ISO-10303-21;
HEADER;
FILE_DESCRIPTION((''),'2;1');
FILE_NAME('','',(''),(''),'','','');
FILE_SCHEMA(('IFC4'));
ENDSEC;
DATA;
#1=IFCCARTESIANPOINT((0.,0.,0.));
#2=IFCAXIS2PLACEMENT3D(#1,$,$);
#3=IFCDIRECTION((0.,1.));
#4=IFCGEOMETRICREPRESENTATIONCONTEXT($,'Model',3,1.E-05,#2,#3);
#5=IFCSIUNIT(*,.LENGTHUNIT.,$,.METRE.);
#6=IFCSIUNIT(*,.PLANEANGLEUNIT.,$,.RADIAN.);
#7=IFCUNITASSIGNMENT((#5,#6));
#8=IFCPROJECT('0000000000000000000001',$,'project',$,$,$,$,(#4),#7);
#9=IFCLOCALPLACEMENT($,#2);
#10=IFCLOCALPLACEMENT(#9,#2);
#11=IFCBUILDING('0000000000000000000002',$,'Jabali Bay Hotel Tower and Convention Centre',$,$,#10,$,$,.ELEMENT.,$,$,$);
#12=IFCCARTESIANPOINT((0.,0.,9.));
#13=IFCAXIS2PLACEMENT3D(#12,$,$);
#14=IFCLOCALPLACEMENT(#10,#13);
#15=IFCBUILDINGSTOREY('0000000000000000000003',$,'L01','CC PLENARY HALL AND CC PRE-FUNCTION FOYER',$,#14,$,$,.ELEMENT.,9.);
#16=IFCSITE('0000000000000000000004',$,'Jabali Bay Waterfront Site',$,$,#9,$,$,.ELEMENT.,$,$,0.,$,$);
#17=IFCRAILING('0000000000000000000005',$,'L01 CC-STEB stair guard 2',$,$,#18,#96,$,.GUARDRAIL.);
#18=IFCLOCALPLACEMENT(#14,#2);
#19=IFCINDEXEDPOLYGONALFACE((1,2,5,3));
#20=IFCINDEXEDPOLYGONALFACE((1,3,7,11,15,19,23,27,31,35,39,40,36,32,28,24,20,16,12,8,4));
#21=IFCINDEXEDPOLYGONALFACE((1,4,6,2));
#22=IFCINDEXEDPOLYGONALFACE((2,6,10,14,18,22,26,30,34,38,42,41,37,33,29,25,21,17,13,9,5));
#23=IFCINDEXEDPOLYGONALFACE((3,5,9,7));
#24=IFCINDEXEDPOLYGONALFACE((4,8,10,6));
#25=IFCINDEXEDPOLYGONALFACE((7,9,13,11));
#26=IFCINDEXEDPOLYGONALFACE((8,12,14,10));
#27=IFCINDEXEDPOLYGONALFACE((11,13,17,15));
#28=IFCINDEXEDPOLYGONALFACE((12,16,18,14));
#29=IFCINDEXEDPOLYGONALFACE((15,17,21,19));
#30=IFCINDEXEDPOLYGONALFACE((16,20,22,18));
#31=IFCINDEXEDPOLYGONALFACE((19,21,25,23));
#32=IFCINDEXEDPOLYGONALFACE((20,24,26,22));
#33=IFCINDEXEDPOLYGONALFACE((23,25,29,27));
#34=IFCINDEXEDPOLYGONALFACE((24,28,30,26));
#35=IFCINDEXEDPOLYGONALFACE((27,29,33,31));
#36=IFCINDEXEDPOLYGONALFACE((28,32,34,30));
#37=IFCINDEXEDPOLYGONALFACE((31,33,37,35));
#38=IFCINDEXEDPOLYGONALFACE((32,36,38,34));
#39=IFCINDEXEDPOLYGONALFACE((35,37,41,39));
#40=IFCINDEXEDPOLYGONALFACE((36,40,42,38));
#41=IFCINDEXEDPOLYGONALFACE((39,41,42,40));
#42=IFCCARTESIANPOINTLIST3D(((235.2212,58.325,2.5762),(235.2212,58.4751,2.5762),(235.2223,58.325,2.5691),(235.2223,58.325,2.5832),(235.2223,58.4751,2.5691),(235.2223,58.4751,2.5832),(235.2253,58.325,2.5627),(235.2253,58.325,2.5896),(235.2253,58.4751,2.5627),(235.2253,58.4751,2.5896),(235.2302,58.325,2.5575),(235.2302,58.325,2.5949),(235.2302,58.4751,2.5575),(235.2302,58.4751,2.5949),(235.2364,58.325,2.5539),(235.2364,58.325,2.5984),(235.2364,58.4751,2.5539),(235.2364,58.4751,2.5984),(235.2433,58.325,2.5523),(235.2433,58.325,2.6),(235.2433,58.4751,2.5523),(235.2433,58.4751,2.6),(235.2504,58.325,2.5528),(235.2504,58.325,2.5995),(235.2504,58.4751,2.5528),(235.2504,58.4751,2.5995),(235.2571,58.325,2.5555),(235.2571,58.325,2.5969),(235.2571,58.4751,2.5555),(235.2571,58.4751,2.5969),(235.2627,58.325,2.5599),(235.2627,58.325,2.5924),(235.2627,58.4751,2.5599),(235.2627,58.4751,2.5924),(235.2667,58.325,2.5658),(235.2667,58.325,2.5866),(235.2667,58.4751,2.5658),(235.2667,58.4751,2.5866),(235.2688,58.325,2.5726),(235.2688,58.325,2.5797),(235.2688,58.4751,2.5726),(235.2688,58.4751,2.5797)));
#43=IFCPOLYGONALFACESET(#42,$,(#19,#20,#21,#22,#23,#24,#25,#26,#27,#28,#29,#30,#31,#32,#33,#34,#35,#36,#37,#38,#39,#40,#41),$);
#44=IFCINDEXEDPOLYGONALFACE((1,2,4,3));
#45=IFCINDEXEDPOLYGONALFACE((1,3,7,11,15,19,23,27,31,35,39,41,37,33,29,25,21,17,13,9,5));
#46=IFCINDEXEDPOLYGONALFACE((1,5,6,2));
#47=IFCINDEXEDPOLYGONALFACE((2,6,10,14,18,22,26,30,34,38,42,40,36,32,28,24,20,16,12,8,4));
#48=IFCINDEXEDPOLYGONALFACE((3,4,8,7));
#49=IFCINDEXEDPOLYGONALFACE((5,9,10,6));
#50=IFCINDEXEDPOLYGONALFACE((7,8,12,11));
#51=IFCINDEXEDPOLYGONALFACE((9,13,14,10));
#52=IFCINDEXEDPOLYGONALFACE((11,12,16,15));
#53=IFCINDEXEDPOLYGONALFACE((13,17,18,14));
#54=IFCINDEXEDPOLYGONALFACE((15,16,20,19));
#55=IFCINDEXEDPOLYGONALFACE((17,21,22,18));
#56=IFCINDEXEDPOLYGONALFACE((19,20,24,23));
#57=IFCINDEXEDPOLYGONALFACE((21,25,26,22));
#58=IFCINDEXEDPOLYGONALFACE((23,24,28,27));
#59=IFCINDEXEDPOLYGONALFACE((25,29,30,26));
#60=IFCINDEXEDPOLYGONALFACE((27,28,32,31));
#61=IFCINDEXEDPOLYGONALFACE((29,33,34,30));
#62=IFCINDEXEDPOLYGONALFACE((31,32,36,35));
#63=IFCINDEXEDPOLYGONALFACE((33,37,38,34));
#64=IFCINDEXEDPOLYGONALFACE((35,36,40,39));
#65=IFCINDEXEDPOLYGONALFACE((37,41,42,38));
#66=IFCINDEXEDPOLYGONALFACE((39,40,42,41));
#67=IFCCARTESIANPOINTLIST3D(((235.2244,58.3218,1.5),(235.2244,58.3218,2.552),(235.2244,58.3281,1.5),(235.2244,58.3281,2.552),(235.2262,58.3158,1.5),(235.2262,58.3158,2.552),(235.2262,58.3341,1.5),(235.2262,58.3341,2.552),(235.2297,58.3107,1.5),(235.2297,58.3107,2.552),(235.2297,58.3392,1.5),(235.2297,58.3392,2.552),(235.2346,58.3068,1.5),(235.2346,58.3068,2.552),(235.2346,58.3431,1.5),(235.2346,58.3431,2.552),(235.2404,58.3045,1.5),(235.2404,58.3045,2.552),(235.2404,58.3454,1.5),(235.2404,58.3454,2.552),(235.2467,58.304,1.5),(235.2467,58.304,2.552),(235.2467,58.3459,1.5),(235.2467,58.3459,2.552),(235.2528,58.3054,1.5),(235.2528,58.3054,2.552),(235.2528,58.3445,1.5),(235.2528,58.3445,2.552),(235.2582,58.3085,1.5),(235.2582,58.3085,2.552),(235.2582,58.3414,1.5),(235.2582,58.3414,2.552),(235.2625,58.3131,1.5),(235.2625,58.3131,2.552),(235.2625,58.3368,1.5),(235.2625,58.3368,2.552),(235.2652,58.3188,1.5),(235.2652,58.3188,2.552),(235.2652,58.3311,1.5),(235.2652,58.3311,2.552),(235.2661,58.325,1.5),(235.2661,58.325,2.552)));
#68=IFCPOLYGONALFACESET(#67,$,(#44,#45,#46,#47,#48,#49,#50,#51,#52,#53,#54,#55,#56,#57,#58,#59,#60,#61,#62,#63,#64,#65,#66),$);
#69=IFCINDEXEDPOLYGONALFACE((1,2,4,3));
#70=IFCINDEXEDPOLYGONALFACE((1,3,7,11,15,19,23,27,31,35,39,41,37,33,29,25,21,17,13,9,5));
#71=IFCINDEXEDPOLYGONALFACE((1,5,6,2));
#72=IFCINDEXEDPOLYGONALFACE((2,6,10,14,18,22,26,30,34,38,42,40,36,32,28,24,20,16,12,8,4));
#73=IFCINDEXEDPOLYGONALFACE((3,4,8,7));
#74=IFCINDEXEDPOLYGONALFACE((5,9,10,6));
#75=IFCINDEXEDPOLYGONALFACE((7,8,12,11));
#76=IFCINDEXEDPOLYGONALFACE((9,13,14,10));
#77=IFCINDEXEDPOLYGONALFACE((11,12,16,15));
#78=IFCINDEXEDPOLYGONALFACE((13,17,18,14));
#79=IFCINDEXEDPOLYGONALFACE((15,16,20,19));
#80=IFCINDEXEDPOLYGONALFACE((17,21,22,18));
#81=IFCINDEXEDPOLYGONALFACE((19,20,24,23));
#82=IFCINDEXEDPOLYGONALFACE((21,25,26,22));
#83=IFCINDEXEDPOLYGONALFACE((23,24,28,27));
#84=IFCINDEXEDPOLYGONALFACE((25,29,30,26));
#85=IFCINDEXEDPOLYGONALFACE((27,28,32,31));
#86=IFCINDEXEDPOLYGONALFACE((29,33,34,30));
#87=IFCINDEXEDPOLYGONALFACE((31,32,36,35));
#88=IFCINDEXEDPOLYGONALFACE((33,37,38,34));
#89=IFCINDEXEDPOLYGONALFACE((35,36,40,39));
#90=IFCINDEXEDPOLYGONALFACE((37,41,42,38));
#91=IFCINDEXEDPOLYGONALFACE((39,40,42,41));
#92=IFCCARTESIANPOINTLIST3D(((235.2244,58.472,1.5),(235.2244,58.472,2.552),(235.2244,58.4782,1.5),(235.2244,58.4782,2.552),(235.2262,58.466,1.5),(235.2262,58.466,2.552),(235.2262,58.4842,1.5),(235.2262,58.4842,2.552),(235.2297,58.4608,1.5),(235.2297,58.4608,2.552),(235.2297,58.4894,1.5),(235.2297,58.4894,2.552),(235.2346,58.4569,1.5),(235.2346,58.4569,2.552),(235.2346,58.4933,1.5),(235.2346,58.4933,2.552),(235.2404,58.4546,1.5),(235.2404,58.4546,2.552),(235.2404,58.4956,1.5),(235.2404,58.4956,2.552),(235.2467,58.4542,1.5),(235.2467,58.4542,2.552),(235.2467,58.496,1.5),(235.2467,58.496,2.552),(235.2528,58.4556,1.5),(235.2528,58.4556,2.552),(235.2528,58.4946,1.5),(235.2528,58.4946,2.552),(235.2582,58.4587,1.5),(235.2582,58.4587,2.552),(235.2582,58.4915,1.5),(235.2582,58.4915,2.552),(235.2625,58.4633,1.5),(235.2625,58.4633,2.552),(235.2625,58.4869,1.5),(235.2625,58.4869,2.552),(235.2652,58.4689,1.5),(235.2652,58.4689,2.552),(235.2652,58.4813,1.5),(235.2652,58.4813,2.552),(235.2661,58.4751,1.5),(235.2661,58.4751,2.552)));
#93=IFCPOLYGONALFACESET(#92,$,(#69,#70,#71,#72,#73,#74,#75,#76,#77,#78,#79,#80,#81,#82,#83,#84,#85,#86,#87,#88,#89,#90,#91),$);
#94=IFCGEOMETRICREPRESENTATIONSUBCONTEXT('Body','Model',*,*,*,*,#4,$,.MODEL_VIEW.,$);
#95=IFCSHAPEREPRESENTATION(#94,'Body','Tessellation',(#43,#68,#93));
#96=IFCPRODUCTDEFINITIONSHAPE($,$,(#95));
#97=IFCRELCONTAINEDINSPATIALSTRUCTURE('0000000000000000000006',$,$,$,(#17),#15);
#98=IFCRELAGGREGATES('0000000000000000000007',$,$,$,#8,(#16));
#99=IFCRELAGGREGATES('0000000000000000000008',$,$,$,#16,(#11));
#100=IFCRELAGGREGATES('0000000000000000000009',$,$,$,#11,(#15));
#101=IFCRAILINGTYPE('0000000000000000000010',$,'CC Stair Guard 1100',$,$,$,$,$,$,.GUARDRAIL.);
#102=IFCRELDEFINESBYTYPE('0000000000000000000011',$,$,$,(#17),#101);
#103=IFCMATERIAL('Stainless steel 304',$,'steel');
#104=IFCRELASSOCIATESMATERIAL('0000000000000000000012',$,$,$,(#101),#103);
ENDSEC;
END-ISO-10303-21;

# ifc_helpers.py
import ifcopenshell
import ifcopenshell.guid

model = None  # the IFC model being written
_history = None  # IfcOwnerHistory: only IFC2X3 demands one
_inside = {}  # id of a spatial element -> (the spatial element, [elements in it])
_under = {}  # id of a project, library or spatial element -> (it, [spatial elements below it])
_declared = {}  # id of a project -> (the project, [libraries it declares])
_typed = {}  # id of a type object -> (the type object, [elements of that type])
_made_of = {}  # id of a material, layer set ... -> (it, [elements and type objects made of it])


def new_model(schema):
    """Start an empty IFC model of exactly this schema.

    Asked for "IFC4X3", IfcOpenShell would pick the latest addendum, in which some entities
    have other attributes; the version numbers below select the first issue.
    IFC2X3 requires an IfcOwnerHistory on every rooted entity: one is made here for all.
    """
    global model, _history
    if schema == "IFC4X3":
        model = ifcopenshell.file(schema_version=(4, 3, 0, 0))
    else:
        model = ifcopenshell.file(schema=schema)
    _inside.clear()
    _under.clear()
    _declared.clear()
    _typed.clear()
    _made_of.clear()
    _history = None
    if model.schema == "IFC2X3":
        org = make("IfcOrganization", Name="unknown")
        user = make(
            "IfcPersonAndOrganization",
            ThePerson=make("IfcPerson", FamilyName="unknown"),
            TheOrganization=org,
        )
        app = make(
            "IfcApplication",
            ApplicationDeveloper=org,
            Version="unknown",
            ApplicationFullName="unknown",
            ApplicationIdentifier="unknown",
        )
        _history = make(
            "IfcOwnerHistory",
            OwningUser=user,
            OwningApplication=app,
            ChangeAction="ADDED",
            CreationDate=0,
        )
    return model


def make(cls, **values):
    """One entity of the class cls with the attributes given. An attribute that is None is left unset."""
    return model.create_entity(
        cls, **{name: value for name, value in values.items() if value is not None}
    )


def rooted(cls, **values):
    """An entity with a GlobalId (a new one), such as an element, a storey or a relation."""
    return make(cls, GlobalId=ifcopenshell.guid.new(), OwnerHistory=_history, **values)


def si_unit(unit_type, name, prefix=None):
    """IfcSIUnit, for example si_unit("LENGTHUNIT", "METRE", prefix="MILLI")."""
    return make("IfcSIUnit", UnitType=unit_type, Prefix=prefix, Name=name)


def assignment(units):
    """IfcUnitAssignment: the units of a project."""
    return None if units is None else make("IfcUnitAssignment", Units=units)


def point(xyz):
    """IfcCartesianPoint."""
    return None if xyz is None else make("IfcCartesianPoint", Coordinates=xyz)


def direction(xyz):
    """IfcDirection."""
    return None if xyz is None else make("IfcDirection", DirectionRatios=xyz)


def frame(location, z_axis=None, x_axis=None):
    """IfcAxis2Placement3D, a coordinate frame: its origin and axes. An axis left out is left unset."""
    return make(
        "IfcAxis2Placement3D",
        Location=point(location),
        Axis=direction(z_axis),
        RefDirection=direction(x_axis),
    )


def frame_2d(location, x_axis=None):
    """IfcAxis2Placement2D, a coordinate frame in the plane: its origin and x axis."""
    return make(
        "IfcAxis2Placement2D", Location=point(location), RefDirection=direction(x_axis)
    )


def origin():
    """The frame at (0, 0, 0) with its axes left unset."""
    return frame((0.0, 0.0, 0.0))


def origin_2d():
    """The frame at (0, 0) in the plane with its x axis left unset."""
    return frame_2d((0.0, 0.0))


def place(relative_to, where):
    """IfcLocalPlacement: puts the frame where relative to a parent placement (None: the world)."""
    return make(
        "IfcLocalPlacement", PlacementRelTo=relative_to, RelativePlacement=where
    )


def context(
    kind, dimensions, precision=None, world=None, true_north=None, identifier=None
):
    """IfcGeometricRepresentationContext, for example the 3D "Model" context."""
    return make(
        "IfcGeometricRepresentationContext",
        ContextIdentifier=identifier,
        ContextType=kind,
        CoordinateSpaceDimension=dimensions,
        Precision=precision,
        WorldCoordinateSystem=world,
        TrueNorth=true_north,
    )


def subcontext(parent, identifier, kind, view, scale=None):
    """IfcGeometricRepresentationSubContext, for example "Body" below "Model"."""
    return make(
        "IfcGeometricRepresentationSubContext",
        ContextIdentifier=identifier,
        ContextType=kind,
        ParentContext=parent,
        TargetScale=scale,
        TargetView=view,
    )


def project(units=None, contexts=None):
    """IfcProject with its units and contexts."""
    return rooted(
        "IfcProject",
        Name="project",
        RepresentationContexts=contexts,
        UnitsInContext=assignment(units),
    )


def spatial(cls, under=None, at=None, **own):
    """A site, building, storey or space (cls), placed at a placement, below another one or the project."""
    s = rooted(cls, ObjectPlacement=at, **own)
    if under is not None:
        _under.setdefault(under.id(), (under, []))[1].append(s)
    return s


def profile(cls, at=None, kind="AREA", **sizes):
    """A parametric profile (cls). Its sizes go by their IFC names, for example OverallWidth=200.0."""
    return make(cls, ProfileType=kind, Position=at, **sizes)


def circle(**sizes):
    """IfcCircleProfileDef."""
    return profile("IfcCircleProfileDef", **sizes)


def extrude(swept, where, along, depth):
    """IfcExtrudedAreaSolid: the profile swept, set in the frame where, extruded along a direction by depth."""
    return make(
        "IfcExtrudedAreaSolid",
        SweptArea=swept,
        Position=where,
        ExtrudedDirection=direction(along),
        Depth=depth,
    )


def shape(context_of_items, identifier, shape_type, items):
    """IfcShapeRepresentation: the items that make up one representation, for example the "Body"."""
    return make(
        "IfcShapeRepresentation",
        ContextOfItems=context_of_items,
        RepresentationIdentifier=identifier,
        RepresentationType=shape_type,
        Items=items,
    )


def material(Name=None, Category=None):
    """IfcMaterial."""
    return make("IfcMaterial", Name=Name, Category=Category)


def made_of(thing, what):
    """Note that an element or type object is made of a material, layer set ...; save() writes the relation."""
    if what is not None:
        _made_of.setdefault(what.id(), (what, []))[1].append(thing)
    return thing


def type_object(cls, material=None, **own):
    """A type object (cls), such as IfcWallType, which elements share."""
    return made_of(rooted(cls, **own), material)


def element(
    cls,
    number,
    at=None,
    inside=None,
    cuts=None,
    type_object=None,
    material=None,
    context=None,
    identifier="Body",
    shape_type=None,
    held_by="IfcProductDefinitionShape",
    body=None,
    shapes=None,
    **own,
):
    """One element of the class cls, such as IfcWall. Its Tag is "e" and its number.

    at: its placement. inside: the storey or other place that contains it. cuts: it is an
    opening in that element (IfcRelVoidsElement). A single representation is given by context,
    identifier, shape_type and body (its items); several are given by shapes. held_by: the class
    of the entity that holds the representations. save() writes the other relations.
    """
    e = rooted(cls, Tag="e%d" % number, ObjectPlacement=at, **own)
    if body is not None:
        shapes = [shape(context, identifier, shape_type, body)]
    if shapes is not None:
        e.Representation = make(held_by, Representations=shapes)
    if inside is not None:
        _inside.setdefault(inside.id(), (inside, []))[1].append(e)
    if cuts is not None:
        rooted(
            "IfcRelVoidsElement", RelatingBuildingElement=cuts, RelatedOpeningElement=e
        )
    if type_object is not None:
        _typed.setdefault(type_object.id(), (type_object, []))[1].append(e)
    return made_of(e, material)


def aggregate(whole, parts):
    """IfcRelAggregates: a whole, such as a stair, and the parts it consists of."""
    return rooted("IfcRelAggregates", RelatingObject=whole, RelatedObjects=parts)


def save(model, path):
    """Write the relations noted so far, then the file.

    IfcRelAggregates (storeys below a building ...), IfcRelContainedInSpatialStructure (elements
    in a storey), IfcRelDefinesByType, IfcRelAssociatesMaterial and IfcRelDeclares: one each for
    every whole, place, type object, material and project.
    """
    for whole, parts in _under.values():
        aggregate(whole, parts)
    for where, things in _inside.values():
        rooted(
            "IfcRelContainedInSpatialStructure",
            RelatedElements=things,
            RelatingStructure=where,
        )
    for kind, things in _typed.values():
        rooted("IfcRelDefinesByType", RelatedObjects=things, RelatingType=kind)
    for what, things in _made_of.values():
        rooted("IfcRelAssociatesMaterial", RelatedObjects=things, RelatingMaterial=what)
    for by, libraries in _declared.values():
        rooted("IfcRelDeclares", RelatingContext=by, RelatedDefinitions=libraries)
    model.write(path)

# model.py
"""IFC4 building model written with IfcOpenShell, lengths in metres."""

from ifc_helpers import new_model, si_unit, direction, frame, origin, origin_2d, place, context, subcontext, project, spatial, circle, extrude, material, type_object, element, save


model = new_model("IFC4")

# Units and contexts
model_context = context("Model", 3, precision=1e-05, world=origin(), true_north=direction((0.0, 1.0)))
body_context = subcontext(model_context, "Body", "Model", "MODEL_VIEW")
ifc_project = project(units=[si_unit("LENGTHUNIT", "METRE"), si_unit("PLANEANGLEUNIT", "RADIAN")], contexts=[model_context])

# Site, building, storey
site_placement = place(None, origin())
site = spatial("IfcSite", under=ifc_project, at=site_placement, Name="Jabali Bay Waterfront Site", CompositionType="ELEMENT", RefElevation=0.0)
building_placement = place(site_placement, origin())
building = spatial("IfcBuilding", under=site, at=building_placement, Name="Jabali Bay Hotel Tower and Convention Centre", CompositionType="ELEMENT")
storey_placement = place(building_placement, frame((0.0, 0.0, 9.0)))
storey = spatial("IfcBuildingStorey", under=building, at=storey_placement, Name="L01", Description="CC PLENARY HALL AND CC PRE-FUNCTION FOYER", CompositionType="ELEMENT", Elevation=9.0)

# Railing
ifc_material_1 = material(Name="Stainless steel 304", Category="steel")
railing_type_1 = type_object("IfcRailingType", Name="CC Stair Guard 1100", PredefinedType="GUARDRAIL", material=ifc_material_1)
railing_1_placement = place(storey_placement, frame((235.2451, 58.325, 1.5)))
element("IfcRailing", 1, at=railing_1_placement, inside=storey, type_object=railing_type_1, Name="L01 CC-STEB stair guard 2", PredefinedType="GUARDRAIL", context=body_context, shape_type="SweptSolid", body=[
    extrude(circle(Radius=0.0239, at=origin_2d()), frame((0.0, 0.0, 1.0762), z_axis=(0.0, 1.0, 0.0), x_axis=(-1.0, 0.0, 0.0)), (0.0, 0.0, 1.0), 0.1501),
    extrude(circle(Radius=0.021, at=origin_2d()), origin(), (0.0, 0.0, 1.0), 1.052),
    extrude(circle(Radius=0.021, at=origin_2d()), frame((0.0, 0.1501, 0.0)), (0.0, 0.0, 1.0), 1.052),
])

save(model, "model.ifc")
